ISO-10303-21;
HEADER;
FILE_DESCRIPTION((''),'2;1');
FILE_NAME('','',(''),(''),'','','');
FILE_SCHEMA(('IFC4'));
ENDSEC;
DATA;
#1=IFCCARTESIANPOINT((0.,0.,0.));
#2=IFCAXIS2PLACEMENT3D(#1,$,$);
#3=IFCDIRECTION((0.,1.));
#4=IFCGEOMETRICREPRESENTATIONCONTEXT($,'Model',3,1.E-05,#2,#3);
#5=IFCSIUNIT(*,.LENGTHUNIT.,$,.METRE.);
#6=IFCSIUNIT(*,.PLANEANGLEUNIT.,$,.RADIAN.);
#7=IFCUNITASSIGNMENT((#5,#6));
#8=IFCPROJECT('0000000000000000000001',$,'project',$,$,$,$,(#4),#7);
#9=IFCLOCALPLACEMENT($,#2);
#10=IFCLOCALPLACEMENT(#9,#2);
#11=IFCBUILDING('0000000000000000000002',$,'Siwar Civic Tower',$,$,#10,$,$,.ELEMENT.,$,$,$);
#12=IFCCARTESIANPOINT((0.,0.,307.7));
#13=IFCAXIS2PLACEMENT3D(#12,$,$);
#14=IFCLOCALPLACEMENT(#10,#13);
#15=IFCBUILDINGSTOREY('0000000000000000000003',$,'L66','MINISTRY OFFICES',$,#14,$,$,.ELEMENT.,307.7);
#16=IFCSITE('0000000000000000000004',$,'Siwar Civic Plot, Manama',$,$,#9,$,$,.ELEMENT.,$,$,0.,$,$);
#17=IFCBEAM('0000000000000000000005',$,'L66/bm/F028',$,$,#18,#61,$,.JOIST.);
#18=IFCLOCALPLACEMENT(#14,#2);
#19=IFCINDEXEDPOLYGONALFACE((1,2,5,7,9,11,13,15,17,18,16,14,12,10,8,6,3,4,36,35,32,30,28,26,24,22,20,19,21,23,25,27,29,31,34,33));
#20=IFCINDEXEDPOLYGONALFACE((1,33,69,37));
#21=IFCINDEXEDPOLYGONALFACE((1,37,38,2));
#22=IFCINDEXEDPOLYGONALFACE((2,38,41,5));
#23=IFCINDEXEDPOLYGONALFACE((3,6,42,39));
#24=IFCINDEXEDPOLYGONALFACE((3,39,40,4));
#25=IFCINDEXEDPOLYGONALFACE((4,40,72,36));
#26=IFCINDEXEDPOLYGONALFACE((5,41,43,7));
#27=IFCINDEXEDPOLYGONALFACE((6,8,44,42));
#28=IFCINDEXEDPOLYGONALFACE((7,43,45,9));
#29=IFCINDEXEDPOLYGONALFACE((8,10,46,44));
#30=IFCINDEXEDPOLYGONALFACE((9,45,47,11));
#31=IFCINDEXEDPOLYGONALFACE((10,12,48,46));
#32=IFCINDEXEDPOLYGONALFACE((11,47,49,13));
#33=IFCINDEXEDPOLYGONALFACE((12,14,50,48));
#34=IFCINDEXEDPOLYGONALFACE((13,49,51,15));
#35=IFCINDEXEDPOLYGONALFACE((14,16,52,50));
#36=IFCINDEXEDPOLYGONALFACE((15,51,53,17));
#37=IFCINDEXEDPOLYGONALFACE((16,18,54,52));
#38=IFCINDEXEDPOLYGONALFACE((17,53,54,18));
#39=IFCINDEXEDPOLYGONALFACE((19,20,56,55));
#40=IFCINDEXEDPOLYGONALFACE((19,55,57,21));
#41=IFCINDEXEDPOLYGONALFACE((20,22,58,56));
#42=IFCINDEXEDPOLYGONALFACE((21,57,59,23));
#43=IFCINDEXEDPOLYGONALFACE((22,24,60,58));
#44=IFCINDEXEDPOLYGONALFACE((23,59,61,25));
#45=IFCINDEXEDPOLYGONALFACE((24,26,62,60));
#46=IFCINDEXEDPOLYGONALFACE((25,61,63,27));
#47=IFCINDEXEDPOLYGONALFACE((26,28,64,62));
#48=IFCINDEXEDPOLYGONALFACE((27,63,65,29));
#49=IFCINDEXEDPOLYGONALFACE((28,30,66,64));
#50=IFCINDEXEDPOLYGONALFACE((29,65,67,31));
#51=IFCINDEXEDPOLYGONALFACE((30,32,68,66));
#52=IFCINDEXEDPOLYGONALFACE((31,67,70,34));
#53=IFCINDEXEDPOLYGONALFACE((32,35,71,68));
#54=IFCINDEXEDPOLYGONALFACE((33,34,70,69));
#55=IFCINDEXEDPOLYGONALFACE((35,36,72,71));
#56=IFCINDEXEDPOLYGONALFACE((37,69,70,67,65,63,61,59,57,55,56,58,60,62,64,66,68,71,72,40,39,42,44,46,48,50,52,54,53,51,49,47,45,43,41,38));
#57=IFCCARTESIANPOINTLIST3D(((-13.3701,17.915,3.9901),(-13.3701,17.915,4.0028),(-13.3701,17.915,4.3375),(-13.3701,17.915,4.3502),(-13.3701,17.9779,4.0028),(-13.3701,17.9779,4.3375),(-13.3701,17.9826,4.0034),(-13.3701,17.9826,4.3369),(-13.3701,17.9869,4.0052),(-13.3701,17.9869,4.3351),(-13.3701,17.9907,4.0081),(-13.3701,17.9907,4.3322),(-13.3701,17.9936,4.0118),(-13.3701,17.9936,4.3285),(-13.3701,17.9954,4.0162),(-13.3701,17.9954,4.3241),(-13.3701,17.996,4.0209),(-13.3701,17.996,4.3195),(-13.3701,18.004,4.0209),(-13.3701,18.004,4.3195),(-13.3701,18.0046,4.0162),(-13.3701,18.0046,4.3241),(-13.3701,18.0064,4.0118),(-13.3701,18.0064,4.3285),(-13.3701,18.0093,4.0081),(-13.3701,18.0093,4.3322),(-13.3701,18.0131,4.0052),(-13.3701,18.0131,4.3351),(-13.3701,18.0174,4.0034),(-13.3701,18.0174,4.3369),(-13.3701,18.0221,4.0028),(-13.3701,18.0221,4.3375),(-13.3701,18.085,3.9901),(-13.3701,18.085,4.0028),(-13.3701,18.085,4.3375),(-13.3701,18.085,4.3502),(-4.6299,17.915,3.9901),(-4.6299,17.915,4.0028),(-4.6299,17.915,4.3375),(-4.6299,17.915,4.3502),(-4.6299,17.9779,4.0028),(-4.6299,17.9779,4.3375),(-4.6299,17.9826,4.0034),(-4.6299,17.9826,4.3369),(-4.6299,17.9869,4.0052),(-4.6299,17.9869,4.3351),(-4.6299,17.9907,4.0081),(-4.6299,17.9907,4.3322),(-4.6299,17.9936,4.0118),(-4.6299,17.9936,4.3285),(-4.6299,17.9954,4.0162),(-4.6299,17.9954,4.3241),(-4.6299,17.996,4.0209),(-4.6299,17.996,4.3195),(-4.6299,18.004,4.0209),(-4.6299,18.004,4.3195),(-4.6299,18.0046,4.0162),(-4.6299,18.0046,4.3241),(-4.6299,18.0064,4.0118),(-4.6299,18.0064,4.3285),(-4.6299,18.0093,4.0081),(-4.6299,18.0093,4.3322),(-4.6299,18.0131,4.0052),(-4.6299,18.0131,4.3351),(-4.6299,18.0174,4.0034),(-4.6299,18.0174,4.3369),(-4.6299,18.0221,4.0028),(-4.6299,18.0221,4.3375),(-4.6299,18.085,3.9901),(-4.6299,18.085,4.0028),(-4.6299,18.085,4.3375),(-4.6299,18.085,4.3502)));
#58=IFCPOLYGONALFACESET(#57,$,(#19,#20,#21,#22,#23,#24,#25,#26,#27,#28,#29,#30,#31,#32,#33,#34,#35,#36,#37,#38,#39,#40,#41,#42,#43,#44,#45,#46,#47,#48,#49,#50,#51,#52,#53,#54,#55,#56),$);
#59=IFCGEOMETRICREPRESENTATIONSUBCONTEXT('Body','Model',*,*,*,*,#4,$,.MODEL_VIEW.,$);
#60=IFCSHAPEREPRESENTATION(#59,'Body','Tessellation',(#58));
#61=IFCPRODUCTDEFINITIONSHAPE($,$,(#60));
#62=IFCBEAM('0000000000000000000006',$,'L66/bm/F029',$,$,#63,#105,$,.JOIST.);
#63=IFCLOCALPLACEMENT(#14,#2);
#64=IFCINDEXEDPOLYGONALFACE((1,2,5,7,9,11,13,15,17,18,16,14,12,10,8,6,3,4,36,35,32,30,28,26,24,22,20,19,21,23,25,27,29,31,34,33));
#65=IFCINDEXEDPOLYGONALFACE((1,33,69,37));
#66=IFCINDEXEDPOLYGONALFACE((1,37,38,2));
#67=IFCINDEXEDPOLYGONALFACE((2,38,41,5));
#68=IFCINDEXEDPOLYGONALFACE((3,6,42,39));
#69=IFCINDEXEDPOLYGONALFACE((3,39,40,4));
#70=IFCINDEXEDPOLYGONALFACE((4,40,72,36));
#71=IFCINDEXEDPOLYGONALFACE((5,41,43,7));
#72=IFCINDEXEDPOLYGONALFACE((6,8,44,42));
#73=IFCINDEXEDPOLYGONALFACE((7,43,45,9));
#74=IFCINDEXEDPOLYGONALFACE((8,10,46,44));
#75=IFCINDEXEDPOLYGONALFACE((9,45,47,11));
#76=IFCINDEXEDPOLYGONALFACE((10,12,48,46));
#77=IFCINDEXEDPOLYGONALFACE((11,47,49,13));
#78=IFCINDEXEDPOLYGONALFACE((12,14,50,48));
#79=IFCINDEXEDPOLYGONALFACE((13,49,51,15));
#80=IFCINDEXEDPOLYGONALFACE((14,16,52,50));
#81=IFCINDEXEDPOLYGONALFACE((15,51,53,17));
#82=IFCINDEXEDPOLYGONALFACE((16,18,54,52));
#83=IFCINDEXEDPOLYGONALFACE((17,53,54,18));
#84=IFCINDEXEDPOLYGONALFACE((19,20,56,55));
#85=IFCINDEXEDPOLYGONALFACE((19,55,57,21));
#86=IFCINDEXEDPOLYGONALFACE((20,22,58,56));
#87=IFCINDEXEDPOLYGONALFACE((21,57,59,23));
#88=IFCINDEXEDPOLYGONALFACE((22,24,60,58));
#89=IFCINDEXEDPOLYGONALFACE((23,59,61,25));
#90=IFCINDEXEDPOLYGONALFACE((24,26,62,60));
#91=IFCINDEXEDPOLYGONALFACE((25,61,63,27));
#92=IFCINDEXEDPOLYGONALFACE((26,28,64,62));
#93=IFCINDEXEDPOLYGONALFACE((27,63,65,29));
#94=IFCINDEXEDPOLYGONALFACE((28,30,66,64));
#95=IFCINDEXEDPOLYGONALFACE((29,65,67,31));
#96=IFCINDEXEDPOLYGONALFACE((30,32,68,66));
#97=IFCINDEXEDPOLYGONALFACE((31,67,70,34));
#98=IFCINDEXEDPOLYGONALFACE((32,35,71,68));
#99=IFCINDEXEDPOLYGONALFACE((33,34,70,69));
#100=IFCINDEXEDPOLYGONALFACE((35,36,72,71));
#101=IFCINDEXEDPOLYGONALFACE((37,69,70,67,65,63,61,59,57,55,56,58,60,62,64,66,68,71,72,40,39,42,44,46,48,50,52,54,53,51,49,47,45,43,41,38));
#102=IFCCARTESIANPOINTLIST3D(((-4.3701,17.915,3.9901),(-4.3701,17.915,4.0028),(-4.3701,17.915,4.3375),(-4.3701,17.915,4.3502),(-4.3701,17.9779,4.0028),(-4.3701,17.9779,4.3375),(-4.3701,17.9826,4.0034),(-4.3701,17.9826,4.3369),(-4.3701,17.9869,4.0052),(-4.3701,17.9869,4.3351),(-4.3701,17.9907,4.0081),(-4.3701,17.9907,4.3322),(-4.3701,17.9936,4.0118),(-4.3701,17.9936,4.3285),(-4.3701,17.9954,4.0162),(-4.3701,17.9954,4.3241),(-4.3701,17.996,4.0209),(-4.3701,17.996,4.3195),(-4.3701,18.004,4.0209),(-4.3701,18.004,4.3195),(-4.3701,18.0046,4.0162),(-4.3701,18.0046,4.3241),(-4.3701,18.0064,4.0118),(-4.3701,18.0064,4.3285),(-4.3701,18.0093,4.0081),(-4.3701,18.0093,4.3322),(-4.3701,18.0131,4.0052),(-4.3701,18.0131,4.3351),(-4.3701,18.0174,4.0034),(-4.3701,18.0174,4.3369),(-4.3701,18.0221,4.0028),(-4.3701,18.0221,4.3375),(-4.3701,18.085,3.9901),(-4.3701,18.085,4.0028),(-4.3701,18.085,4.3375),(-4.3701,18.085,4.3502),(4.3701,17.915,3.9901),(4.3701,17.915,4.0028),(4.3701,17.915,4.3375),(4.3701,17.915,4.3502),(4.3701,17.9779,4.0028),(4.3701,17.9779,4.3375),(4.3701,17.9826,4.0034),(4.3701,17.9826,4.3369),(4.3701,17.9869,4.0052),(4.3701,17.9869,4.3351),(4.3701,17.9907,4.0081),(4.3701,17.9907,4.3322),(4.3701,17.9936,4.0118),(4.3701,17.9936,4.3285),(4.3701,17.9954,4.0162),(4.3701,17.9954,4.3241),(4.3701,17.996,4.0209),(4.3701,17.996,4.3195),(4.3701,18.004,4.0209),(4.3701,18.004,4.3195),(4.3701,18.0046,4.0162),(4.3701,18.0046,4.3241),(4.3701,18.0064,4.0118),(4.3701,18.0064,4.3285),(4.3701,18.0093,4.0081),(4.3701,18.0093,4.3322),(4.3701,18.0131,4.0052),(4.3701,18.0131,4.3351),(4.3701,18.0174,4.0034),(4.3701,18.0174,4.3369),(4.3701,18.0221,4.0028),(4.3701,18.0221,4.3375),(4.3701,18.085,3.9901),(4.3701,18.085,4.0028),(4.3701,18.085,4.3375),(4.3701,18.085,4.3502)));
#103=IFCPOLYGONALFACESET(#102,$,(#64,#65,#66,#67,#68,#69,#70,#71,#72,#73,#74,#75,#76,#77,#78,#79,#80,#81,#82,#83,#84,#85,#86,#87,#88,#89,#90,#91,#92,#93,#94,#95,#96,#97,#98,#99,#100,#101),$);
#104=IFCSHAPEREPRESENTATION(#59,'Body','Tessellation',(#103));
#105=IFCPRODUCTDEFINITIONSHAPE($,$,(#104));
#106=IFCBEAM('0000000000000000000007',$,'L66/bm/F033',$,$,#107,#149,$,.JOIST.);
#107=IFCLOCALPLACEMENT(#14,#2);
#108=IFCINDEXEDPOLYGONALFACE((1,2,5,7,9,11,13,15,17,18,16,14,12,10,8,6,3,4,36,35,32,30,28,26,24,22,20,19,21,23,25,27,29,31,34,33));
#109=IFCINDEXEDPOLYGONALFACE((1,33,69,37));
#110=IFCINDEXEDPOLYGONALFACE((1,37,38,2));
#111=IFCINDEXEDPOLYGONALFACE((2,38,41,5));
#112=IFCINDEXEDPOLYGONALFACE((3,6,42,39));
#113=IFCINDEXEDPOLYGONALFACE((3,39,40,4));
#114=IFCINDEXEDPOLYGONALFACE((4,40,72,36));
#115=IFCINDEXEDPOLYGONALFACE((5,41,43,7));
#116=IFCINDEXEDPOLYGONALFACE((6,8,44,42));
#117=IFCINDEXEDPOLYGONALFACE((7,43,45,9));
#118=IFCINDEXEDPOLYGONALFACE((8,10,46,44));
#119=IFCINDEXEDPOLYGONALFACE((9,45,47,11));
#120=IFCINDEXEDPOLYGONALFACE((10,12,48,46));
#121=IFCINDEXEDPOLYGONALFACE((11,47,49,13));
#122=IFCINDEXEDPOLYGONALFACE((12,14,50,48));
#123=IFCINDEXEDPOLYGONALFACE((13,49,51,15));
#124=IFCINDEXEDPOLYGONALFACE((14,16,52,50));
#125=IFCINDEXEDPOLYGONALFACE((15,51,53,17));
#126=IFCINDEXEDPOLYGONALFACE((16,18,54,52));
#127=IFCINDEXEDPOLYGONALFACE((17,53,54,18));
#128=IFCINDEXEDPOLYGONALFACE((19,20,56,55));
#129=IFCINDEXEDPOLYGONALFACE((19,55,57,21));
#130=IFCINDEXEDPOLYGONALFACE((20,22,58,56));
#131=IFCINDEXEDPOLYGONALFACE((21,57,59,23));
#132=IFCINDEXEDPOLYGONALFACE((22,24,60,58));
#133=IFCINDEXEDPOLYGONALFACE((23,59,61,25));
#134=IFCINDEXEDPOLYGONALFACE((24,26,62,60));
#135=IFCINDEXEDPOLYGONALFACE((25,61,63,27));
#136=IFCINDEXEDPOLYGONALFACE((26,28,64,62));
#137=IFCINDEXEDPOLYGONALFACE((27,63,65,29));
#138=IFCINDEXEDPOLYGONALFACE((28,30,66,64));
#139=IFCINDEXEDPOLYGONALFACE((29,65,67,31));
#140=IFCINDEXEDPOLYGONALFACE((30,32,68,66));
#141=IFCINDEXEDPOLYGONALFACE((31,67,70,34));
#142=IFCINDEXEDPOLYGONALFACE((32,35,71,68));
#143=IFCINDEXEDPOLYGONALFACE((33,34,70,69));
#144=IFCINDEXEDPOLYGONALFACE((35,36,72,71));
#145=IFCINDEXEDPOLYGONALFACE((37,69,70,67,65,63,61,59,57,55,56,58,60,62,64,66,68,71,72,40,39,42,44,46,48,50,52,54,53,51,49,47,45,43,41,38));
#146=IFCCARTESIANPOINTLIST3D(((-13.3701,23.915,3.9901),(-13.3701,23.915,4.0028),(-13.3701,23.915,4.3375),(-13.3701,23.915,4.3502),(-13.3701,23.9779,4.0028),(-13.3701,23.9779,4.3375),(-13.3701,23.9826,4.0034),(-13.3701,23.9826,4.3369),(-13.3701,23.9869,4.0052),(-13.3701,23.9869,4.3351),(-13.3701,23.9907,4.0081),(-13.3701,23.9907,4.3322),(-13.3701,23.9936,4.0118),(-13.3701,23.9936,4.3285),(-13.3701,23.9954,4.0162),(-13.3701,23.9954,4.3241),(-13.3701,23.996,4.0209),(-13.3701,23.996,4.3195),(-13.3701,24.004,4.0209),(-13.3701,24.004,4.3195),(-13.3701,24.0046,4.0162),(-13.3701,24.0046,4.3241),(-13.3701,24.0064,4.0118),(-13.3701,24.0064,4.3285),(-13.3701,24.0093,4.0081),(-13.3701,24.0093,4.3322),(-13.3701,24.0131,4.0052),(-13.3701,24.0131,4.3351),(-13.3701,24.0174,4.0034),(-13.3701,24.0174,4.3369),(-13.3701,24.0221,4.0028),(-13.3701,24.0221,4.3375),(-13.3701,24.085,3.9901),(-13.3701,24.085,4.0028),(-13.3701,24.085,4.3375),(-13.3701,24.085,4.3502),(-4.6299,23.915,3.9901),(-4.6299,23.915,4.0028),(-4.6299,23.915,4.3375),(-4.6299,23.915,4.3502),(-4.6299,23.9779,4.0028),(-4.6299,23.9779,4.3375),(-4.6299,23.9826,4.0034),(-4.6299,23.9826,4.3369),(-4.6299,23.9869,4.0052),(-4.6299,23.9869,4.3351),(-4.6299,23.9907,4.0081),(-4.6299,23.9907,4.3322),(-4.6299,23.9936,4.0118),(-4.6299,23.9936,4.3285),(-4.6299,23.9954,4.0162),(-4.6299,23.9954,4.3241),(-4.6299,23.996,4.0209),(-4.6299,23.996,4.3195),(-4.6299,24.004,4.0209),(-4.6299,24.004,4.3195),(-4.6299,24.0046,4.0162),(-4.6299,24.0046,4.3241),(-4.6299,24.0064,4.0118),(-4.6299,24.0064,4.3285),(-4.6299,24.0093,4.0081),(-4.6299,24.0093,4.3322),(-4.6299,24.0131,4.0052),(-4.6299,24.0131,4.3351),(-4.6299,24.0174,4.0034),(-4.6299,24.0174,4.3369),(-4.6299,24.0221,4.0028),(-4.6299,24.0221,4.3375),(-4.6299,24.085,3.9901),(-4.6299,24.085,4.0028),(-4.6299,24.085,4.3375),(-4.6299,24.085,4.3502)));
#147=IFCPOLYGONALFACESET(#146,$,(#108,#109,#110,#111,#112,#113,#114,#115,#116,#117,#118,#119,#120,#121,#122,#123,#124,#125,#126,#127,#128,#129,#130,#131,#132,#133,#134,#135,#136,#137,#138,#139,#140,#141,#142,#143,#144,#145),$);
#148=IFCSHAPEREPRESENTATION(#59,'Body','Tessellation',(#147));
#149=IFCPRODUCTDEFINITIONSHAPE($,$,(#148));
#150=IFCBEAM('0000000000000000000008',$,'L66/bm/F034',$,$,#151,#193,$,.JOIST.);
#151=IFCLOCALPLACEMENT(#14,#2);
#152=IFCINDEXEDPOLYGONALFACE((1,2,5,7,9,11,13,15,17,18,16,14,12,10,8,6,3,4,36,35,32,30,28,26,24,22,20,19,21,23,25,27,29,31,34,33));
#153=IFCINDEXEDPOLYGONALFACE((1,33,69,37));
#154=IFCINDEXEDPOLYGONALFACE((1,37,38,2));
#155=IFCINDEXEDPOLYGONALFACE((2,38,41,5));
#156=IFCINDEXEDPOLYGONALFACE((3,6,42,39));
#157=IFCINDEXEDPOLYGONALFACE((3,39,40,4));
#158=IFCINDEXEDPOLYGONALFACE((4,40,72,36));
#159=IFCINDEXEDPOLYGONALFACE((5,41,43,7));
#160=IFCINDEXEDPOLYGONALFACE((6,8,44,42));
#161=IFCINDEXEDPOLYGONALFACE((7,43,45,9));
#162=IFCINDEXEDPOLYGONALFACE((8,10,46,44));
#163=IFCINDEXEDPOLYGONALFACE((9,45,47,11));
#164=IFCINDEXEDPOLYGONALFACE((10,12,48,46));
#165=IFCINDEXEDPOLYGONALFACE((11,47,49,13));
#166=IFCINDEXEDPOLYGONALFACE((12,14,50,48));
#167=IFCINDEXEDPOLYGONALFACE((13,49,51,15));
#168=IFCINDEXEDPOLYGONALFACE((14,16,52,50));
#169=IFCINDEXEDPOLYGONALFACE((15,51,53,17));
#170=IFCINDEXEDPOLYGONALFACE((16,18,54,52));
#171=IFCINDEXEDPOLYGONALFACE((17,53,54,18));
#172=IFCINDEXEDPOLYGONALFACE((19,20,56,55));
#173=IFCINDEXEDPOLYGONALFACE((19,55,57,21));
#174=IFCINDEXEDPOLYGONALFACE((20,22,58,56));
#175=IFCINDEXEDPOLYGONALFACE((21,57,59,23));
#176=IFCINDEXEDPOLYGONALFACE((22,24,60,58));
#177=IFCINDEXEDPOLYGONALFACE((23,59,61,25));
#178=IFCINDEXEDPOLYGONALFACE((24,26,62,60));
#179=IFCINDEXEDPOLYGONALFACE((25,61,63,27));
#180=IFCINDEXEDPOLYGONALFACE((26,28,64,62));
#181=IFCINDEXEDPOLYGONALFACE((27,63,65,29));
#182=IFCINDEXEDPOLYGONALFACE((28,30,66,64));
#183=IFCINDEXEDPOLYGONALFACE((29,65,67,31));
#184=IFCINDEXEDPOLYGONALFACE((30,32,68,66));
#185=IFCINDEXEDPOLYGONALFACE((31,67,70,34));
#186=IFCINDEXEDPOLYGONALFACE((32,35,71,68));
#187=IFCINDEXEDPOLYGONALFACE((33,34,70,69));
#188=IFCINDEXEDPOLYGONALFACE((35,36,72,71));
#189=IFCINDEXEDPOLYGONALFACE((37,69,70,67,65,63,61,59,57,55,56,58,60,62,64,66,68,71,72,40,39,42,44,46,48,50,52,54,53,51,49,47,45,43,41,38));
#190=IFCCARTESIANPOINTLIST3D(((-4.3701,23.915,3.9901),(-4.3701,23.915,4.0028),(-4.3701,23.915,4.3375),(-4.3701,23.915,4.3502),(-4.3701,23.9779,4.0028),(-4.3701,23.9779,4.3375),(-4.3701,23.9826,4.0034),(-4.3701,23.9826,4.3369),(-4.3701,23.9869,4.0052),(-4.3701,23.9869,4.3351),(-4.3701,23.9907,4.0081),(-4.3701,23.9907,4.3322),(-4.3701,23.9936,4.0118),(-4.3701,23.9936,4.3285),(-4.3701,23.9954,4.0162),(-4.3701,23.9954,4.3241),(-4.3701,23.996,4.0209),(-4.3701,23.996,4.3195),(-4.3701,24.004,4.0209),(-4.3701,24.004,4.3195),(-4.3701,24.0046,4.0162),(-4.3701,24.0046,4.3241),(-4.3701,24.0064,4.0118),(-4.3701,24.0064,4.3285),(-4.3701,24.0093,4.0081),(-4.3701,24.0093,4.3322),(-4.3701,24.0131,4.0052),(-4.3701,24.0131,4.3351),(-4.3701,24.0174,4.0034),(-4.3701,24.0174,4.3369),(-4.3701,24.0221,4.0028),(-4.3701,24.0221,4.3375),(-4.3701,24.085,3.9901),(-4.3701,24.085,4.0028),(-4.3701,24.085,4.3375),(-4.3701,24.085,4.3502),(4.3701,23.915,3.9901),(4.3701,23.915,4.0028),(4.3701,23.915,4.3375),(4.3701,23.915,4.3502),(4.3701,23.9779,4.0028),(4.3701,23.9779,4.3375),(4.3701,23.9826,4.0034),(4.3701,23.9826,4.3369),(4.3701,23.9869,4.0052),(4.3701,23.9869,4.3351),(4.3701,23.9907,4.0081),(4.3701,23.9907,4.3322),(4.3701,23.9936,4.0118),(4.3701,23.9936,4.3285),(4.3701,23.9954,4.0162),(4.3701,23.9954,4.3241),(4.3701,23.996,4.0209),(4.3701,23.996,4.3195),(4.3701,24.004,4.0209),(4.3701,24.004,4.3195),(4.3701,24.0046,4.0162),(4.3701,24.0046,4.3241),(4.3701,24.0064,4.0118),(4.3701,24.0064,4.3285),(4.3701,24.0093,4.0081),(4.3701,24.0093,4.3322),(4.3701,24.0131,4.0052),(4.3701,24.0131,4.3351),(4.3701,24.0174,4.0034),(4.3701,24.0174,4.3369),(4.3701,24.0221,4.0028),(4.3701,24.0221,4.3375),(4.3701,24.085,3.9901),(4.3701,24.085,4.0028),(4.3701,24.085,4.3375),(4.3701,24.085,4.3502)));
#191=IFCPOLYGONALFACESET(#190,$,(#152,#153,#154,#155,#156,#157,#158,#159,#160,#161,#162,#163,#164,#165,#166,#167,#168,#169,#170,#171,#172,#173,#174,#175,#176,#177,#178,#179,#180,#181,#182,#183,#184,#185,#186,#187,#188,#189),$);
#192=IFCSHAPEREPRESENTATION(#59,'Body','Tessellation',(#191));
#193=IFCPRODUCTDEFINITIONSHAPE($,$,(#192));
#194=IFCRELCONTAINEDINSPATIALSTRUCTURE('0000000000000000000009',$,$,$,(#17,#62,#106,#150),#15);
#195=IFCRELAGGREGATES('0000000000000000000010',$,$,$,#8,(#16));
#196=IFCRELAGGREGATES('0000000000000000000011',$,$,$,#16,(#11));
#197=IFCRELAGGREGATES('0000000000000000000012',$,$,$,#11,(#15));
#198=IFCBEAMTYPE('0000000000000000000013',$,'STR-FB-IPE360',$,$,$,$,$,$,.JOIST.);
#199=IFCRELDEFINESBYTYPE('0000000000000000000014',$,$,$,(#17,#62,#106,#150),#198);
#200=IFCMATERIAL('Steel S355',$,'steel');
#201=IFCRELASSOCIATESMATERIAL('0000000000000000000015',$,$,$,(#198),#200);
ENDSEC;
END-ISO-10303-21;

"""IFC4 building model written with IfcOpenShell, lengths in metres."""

from ifc_helpers import new_model, si_unit, direction, frame, origin, origin_2d, place, context, subcontext, project, spatial, i_section, extrude, material, material_profile, profile_set, type_object, element, save


model = new_model("IFC4")

# Units and contexts
model_context = context("Model", 3, precision=1e-05, world=origin(), true_north=direction((0.0, 1.0)))
body_context = subcontext(model_context, "Body", "Model", "MODEL_VIEW")
ifc_project = project(units=[si_unit("LENGTHUNIT", "METRE"), si_unit("PLANEANGLEUNIT", "RADIAN")], contexts=[model_context])

# Site, building, storey
site_placement = place(None, origin())
site = spatial("IfcSite", under=ifc_project, at=site_placement, Name="Siwar Civic Plot, Manama", CompositionType="ELEMENT", RefElevation=0.0)
building_placement = place(site_placement, origin())
building = spatial("IfcBuilding", under=site, at=building_placement, Name="Siwar Civic Tower", CompositionType="ELEMENT")
storey_placement = place(building_placement, frame((0.0, 0.0, 307.7)))
storey = spatial("IfcBuildingStorey", under=building, at=storey_placement, Name="L66", Description="MINISTRY OFFICES", CompositionType="ELEMENT", Elevation=307.7)

# Beams
ifc_material_1 = material(Name="Steel S355", Category="steel")
ifc_material_profile_1 = material_profile(ifc_material_1, i_section(OverallWidth=0.1699, OverallDepth=0.3601, WebThickness=0.0081, FlangeThickness=0.0127, FilletRadius=0.0181, at=origin_2d()), Name="IPE360")
ifc_profile_set_1 = profile_set([ifc_material_profile_1], Name="Steel S355")
beam_type_1 = type_object("IfcBeamType", Name="STR-FB-IPE360", PredefinedType="JOIST", material=ifc_profile_set_1)
for number, where, z_axis, x_axis, name in (
    (1, (-13.3701, 18.0, 4.1702), (1.0, 0.0, 0.0), (0.0, 1.0, 0.0), "L66/bm/F028"),
    (2, (-4.3701, 18.0, 4.1702), (1.0, 0.0, 0.0), (0.0, 1.0, 0.0), "L66/bm/F029"),
    (3, (-13.3701, 24.0, 4.1702), (1.0, 0.0, 0.0), (0.0, 1.0, 0.0), "L66/bm/F033"),
    (4, (-4.3701, 24.0, 4.1702), (1.0, 0.0, 0.0), (0.0, 1.0, 0.0), "L66/bm/F034"),
):
    element("IfcBeam", number, at=place(storey_placement, frame(where, z_axis=z_axis, x_axis=x_axis)), inside=storey, type_object=beam_type_1, Name=name, PredefinedType="JOIST", context=body_context, shape_type="SweptSolid", body=[
        extrude(i_section(OverallWidth=0.1699, OverallDepth=0.3601, WebThickness=0.0081, FlangeThickness=0.0127, FilletRadius=0.0181, at=origin_2d()), origin(), (0.0, 0.0, 1.0), 8.7402),
    ])

save(model, "model.ifc")
